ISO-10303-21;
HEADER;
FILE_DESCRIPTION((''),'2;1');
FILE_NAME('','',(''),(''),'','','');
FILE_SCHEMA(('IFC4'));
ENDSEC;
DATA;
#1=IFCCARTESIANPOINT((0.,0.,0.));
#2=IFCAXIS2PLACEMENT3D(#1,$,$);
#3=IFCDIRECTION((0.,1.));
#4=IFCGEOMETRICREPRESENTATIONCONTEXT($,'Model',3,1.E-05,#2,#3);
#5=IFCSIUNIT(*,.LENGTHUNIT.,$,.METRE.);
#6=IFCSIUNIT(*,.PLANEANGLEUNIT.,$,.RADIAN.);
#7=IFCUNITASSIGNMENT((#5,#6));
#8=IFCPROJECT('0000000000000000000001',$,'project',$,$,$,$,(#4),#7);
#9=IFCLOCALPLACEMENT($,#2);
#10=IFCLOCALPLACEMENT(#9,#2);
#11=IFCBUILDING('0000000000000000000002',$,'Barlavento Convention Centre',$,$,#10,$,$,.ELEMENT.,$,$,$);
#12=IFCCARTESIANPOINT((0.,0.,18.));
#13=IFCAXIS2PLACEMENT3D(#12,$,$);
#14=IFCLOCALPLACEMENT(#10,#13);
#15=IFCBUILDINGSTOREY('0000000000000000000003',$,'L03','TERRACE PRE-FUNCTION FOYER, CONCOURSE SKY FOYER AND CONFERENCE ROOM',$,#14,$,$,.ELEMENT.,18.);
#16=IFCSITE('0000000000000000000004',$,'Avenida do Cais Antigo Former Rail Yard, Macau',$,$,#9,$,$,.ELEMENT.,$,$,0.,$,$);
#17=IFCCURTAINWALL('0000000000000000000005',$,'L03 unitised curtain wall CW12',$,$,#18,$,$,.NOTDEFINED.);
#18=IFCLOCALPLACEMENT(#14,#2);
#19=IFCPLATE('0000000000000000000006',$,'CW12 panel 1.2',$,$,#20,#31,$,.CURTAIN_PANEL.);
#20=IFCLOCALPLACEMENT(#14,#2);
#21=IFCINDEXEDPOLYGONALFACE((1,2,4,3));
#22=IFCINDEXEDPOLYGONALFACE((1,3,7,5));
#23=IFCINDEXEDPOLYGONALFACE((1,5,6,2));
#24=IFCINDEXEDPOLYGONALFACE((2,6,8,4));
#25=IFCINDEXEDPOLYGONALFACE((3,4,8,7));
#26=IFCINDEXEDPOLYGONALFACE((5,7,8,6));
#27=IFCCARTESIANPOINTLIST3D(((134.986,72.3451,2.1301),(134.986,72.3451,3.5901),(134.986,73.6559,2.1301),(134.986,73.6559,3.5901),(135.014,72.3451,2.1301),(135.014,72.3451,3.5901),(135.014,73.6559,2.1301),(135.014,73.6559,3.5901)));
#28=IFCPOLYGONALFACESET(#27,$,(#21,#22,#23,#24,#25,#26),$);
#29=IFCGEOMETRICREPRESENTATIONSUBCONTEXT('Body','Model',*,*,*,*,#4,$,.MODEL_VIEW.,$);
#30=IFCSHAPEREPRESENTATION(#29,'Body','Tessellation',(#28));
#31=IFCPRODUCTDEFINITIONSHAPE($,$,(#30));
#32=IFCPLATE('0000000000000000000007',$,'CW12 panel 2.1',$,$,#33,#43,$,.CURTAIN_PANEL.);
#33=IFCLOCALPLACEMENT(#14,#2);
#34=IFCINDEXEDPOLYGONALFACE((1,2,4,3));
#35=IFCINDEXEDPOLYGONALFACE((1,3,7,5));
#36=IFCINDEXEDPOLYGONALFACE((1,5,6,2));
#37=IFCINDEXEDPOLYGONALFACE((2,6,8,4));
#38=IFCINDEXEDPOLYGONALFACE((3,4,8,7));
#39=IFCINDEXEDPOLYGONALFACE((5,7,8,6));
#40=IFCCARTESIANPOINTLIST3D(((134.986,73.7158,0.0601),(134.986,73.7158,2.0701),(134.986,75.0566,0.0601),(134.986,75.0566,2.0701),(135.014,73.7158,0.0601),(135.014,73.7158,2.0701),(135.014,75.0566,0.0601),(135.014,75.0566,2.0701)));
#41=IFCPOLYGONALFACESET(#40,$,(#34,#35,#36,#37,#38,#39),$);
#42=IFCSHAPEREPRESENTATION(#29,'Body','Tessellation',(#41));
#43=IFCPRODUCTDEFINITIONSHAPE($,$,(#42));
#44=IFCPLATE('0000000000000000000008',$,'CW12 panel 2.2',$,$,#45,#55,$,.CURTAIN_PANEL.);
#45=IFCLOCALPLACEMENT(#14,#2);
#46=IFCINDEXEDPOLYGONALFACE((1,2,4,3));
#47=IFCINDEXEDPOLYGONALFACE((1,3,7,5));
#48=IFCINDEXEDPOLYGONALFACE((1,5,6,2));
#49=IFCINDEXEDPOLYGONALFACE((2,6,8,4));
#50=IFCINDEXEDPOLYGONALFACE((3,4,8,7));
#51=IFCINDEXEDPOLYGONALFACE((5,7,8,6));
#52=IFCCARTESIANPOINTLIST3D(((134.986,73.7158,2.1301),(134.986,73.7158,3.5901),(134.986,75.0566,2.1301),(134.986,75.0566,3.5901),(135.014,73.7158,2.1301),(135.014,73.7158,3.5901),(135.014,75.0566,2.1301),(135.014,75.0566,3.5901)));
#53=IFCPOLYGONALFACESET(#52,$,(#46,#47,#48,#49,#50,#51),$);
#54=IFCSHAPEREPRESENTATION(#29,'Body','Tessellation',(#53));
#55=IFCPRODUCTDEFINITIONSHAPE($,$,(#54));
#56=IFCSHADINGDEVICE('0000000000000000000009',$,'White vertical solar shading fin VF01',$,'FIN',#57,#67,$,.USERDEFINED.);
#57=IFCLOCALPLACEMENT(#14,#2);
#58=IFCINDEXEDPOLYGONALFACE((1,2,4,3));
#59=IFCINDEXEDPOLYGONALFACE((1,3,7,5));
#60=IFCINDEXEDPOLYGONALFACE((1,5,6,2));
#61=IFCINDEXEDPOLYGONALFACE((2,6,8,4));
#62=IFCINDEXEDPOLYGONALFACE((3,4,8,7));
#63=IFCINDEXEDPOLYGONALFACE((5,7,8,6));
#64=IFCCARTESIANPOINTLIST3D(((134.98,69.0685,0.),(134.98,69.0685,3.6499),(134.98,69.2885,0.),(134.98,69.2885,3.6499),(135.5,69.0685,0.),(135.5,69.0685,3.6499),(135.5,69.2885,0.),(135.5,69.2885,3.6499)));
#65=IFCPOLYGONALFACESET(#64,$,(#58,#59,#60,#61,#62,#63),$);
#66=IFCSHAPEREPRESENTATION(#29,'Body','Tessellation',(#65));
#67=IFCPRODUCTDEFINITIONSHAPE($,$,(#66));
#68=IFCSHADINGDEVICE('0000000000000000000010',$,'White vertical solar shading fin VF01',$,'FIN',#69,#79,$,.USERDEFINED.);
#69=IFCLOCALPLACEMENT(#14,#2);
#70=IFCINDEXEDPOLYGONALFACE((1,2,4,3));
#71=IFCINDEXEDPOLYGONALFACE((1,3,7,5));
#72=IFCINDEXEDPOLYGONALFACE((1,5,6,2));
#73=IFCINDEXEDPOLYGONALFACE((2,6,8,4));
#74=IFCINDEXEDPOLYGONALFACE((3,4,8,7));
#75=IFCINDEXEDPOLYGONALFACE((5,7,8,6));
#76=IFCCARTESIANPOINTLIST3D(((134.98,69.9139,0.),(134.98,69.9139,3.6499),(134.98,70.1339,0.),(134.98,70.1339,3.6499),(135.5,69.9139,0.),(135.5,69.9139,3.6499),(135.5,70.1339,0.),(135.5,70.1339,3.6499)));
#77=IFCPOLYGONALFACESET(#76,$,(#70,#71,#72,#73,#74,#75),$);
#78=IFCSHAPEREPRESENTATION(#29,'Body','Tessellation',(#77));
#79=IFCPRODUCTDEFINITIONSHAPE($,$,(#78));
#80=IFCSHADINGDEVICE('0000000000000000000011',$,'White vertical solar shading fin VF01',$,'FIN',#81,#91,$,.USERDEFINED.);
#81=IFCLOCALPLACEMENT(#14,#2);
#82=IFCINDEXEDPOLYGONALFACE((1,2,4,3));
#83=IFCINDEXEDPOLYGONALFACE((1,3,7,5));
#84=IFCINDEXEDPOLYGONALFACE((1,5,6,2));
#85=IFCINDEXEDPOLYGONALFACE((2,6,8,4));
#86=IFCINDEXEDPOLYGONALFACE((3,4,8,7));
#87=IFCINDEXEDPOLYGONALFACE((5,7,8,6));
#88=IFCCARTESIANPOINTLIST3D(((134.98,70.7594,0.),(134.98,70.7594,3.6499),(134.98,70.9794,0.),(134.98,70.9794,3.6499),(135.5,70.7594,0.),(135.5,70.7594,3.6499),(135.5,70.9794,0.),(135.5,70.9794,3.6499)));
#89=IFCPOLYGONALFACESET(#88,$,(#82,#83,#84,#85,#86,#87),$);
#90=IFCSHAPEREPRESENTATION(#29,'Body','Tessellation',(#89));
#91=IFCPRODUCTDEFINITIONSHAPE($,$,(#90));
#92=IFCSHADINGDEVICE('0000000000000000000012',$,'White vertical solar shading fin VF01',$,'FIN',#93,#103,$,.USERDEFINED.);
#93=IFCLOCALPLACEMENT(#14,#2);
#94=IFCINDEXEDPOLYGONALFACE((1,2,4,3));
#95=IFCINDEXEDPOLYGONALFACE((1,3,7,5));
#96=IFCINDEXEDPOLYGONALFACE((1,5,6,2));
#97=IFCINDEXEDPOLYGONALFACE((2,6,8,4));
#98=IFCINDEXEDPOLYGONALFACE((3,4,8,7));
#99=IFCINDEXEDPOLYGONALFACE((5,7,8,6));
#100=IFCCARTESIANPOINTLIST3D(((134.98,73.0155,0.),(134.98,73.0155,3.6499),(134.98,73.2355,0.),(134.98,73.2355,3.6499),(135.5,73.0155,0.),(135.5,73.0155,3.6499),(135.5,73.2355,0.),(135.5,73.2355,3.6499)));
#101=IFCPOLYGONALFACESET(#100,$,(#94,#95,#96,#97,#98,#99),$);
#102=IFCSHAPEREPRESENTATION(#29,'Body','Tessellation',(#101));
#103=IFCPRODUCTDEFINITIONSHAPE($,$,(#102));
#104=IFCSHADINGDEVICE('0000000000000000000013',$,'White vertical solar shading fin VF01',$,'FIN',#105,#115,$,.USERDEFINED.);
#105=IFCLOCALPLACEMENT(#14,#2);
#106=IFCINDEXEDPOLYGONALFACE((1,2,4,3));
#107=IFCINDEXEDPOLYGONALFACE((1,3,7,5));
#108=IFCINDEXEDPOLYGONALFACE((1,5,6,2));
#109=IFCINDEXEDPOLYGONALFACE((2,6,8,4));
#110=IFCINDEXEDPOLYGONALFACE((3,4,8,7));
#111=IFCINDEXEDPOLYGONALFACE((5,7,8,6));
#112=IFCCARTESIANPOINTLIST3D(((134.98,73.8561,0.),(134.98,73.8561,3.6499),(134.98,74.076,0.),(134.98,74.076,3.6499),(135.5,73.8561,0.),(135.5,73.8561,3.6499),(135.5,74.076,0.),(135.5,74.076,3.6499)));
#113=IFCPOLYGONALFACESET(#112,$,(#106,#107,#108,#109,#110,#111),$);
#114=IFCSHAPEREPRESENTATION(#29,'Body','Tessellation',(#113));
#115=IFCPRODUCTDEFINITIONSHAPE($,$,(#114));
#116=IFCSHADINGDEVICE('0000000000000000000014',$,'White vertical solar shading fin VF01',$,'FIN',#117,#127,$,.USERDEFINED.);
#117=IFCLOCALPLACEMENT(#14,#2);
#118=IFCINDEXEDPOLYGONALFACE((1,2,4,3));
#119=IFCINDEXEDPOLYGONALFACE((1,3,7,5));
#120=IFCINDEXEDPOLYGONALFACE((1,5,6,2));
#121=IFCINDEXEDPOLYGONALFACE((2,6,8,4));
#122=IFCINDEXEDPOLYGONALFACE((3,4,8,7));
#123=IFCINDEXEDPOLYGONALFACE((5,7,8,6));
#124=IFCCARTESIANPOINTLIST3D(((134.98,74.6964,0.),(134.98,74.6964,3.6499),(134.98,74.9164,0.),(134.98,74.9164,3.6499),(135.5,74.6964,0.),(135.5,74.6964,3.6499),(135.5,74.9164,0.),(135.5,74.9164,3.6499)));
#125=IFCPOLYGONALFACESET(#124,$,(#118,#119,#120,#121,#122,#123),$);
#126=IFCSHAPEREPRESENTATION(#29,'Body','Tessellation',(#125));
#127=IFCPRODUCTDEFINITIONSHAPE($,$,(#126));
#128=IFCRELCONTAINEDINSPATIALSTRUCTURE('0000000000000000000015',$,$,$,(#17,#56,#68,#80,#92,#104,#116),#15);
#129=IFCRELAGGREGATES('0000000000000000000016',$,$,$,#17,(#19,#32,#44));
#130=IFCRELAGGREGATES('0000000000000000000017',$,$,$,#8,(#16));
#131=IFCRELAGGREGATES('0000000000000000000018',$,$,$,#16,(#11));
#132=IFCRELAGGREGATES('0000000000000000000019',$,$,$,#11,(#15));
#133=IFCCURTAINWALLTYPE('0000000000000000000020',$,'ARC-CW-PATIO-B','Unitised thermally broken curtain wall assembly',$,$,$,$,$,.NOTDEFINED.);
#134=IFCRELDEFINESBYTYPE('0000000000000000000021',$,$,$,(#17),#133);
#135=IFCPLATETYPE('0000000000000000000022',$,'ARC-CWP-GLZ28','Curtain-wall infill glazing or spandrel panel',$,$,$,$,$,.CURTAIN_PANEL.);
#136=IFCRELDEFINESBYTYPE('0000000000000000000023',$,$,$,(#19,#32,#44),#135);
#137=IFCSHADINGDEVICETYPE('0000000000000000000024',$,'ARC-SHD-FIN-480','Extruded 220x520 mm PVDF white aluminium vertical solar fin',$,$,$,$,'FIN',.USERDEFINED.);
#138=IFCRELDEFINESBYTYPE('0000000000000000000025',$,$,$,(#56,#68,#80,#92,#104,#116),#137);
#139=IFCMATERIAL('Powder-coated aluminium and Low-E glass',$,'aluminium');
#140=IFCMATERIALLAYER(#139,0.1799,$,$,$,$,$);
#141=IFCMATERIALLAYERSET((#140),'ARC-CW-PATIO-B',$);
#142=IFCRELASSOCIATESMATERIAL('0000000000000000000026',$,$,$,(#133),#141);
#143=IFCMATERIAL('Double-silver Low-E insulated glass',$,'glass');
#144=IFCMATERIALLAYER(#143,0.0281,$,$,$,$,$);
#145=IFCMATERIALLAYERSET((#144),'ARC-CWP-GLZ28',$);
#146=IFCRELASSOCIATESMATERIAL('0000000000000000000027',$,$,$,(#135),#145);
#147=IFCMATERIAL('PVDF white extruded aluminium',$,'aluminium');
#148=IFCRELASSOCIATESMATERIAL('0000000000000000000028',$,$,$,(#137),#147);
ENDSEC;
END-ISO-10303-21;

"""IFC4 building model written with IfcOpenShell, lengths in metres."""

from ifc_helpers import new_model, si_unit, direction, frame, origin, origin_2d, place, context, subcontext, project, spatial, rectangle, extrude, material, layer, layer_set, type_object, element, aggregate, save


model = new_model("IFC4")

# Units and contexts
model_context = context("Model", 3, precision=1e-05, world=origin(), true_north=direction((0.0, 1.0)))
body_context = subcontext(model_context, "Body", "Model", "MODEL_VIEW")
ifc_project = project(units=[si_unit("LENGTHUNIT", "METRE"), si_unit("PLANEANGLEUNIT", "RADIAN")], contexts=[model_context])

# Site, building, storey
site_placement = place(None, origin())
site = spatial("IfcSite", under=ifc_project, at=site_placement, Name="Avenida do Cais Antigo Former Rail Yard, Macau", CompositionType="ELEMENT", RefElevation=0.0)
building_placement = place(site_placement, origin())
building = spatial("IfcBuilding", under=site, at=building_placement, Name="Barlavento Convention Centre", CompositionType="ELEMENT")
storey_placement = place(building_placement, frame((0.0, 0.0, 18.0)))
storey = spatial("IfcBuildingStorey", under=building, at=storey_placement, Name="L03", Description="TERRACE PRE-FUNCTION FOYER, CONCOURSE SKY FOYER AND CONFERENCE ROOM", CompositionType="ELEMENT", Elevation=18.0)

# Curtain wall
ifc_material_1 = material(Name="Powder-coated aluminium and Low-E glass", Category="aluminium")
ifc_layer_1 = layer(ifc_material_1, 0.1799)
ifc_layer_set_1 = layer_set([ifc_layer_1], Name="ARC-CW-PATIO-B")
curtain_wall_type = type_object("IfcCurtainWallType", Name="ARC-CW-PATIO-B", Description="Unitised thermally broken curtain wall assembly", PredefinedType="NOTDEFINED", material=ifc_layer_set_1)
curtain_wall_1_placement = place(storey_placement, origin())
curtain_wall_1 = element("IfcCurtainWall", 1, at=curtain_wall_1_placement, inside=storey, type_object=curtain_wall_type, Name="L03 unitised curtain wall CW12", PredefinedType="NOTDEFINED")

# Plates
ifc_material_2 = material(Name="Double-silver Low-E insulated glass", Category="glass")
ifc_layer_2 = layer(ifc_material_2, 0.0281)
ifc_layer_set_2 = layer_set([ifc_layer_2], Name="ARC-CWP-GLZ28")
plate_type = type_object("IfcPlateType", Name="ARC-CWP-GLZ28", Description="Curtain-wall infill glazing or spandrel panel", PredefinedType="CURTAIN_PANEL", material=ifc_layer_set_2)
plate_1_placement = place(storey_placement, frame((135.0, 73.0005, 2.1301), z_axis=(0.0, 0.0, 1.0), x_axis=(0.0, 1.0, 0.0)))
plate_1 = element("IfcPlate", 2, at=plate_1_placement, type_object=plate_type, Name="CW12 panel 1.2", PredefinedType="CURTAIN_PANEL", context=body_context, shape_type="SweptSolid", body=[
    extrude(rectangle(XDim=1.3108, YDim=0.0281, at=origin_2d()), origin(), (0.0, 0.0, 1.0), 1.46),
])
plate_2_placement = place(storey_placement, frame((135.0, 74.3862, 0.0601), z_axis=(0.0, 0.0, 1.0), x_axis=(0.0, 1.0, 0.0)))
plate_2 = element("IfcPlate", 3, at=plate_2_placement, type_object=plate_type, Name="CW12 panel 2.1", PredefinedType="CURTAIN_PANEL", context=body_context, shape_type="SweptSolid", body=[
    extrude(rectangle(XDim=1.3408, YDim=0.0281, at=origin_2d()), origin(), (0.0, 0.0, 1.0), 2.01),
])
plate_3_placement = place(storey_placement, frame((135.0, 74.3862, 2.1301), z_axis=(0.0, 0.0, 1.0), x_axis=(0.0, 1.0, 0.0)))
plate_3 = element("IfcPlate", 4, at=plate_3_placement, type_object=plate_type, Name="CW12 panel 2.2", PredefinedType="CURTAIN_PANEL", context=body_context, shape_type="SweptSolid", body=[
    extrude(rectangle(XDim=1.3408, YDim=0.0281, at=origin_2d()), origin(), (0.0, 0.0, 1.0), 1.46),
])
aggregate(curtain_wall_1, [plate_1, plate_2, plate_3])

# Shading devices
ifc_material_3 = material(Name="PVDF white extruded aluminium", Category="aluminium")
shading_device_type = type_object("IfcShadingDeviceType", Name="ARC-SHD-FIN-480", Description="Extruded 220x520 mm PVDF white aluminium vertical solar fin", ElementType="FIN", PredefinedType="USERDEFINED", material=ifc_material_3)
for number, where, z_axis, x_axis, name in (
    (5, (135.24, 69.1785, 0.0), (0.0, 0.0, 1.0), (0.0, 1.0, 0.0), "White vertical solar shading fin VF01"),
    (6, (135.24, 70.0239, 0.0), (0.0, 0.0, 1.0), (0.0, 1.0, 0.0), "White vertical solar shading fin VF01"),
    (7, (135.24, 70.8694, 0.0), (0.0, 0.0, 1.0), (0.0, 1.0, 0.0), "White vertical solar shading fin VF01"),
    (8, (135.24, 73.1255, 0.0), (0.0, 0.0, 1.0), (0.0, 1.0, 0.0), "White vertical solar shading fin VF01"),
    (9, (135.24, 73.9661, 0.0), (0.0, 0.0, 1.0), (0.0, 1.0, 0.0), "White vertical solar shading fin VF01"),
    (10, (135.24, 74.8064, 0.0), (0.0, 0.0, 1.0), (0.0, 1.0, 0.0), "White vertical solar shading fin VF01"),
):
    element("IfcShadingDevice", number, at=place(storey_placement, frame(where, z_axis=z_axis, x_axis=x_axis)), inside=storey, type_object=shading_device_type, Name=name, ObjectType="FIN", PredefinedType="USERDEFINED", context=body_context, shape_type="SweptSolid", body=[
        extrude(rectangle(XDim=0.22, YDim=0.52, at=origin_2d()), origin(), (0.0, 0.0, 1.0), 3.6499),
    ])

save(model, "model.ifc")
